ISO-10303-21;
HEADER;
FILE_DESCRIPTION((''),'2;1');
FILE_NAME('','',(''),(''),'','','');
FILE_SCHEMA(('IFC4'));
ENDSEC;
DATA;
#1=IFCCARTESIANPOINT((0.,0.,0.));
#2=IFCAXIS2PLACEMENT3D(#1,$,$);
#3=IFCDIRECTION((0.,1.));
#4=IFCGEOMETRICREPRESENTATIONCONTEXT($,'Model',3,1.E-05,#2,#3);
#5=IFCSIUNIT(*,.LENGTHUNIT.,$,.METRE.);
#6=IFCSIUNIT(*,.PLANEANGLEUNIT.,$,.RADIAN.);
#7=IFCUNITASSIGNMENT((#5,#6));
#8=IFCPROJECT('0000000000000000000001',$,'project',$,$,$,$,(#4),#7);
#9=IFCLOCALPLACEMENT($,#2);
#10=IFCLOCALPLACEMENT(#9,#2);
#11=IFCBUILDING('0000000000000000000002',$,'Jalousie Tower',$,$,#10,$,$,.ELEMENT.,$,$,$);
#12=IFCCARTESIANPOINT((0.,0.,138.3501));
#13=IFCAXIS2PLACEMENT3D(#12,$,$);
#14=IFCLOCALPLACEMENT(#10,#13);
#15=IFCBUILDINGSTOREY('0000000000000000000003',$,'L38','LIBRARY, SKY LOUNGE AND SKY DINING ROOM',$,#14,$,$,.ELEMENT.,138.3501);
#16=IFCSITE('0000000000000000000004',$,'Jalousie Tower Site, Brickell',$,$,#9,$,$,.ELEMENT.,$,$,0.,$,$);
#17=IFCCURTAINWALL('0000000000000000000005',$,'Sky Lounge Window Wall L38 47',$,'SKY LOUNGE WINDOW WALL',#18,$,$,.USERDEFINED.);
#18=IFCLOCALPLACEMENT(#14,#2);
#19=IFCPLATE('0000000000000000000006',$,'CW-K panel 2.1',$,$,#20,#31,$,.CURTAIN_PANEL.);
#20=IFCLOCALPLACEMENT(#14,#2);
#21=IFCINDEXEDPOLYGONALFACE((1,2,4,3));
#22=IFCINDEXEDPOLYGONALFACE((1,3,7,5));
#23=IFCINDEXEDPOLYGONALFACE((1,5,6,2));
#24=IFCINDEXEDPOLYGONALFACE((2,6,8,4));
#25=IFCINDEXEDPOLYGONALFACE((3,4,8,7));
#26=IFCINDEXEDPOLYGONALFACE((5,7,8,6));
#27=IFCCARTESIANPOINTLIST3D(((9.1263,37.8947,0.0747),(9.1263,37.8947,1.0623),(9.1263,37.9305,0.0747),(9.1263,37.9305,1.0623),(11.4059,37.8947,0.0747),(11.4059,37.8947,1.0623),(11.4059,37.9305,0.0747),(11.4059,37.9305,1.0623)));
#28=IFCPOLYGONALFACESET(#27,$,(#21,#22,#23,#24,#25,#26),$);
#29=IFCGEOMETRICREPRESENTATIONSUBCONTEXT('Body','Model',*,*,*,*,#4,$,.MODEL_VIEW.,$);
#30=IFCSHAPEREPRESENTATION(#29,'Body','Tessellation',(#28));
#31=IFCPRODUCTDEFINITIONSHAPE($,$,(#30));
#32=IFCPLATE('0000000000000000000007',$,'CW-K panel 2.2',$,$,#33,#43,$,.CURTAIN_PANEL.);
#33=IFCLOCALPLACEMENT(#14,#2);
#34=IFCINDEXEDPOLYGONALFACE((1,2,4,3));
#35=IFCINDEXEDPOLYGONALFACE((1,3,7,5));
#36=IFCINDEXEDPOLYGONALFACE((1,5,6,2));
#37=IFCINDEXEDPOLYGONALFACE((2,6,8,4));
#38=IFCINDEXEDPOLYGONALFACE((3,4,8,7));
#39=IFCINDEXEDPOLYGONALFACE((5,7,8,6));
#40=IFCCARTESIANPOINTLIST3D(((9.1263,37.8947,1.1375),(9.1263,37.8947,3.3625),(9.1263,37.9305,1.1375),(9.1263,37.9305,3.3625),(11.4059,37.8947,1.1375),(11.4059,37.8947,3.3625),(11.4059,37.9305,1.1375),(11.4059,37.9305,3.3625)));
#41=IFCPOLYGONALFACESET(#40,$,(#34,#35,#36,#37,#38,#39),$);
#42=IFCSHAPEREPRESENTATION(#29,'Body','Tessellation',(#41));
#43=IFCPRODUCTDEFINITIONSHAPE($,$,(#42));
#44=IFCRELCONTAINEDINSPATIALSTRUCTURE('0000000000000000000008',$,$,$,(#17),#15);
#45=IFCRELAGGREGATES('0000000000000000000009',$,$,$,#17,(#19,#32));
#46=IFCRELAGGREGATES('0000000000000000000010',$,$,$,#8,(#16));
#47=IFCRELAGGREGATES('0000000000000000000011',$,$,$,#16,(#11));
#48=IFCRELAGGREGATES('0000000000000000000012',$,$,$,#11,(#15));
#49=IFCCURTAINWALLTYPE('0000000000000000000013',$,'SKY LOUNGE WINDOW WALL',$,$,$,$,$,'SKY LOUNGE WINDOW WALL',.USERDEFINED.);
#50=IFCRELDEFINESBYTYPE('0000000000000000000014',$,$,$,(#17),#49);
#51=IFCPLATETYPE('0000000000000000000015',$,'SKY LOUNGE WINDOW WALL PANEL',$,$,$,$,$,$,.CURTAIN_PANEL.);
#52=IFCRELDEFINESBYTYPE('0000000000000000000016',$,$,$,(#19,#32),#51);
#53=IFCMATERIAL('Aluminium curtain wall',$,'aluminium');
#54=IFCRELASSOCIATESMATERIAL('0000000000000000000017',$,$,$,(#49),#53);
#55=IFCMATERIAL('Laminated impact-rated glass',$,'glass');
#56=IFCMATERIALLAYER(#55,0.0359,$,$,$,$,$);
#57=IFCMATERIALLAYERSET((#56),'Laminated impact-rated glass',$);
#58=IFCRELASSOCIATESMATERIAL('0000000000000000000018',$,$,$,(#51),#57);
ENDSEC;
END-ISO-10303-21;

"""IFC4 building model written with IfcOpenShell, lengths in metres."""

from ifc_helpers import new_model, si_unit, direction, frame, origin, origin_2d, place, context, subcontext, project, spatial, rectangle, extrude, material, layer, layer_set, type_object, element, aggregate, save


model = new_model("IFC4")

# Units and contexts
model_context = context("Model", 3, precision=1e-05, world=origin(), true_north=direction((0.0, 1.0)))
body_context = subcontext(model_context, "Body", "Model", "MODEL_VIEW")
ifc_project = project(units=[si_unit("LENGTHUNIT", "METRE"), si_unit("PLANEANGLEUNIT", "RADIAN")], contexts=[model_context])

# Site, building, storey
site_placement = place(None, origin())
site = spatial("IfcSite", under=ifc_project, at=site_placement, Name="Jalousie Tower Site, Brickell", CompositionType="ELEMENT", RefElevation=0.0)
building_placement = place(site_placement, origin())
building = spatial("IfcBuilding", under=site, at=building_placement, Name="Jalousie Tower", CompositionType="ELEMENT")
storey_placement = place(building_placement, frame((0.0, 0.0, 138.3501)))
storey = spatial("IfcBuildingStorey", under=building, at=storey_placement, Name="L38", Description="LIBRARY, SKY LOUNGE AND SKY DINING ROOM", CompositionType="ELEMENT", Elevation=138.3501)

# Curtain wall
ifc_material_1 = material(Name="Aluminium curtain wall", Category="aluminium")
curtain_wall_type_1 = type_object("IfcCurtainWallType", Name="SKY LOUNGE WINDOW WALL", ElementType="SKY LOUNGE WINDOW WALL", PredefinedType="USERDEFINED", material=ifc_material_1)
curtain_wall_1_placement = place(storey_placement, origin())
curtain_wall_1 = element("IfcCurtainWall", 1, at=curtain_wall_1_placement, inside=storey, type_object=curtain_wall_type_1, Name="Sky Lounge Window Wall L38 47", ObjectType="SKY LOUNGE WINDOW WALL", PredefinedType="USERDEFINED")

# Plates
ifc_material_2 = material(Name="Laminated impact-rated glass", Category="glass")
ifc_layer_1 = layer(ifc_material_2, 0.0359)
ifc_layer_set_1 = layer_set([ifc_layer_1], Name="Laminated impact-rated glass")
plate_type_1 = type_object("IfcPlateType", Name="SKY LOUNGE WINDOW WALL PANEL", PredefinedType="CURTAIN_PANEL", material=ifc_layer_set_1)
plate_1_placement = place(storey_placement, frame((10.2661, 37.9126, 0.0747), z_axis=(0.0, 0.0, 1.0), x_axis=(-1.0, 0.0, 0.0)))
plate_1 = element("IfcPlate", 2, at=plate_1_placement, type_object=plate_type_1, Name="CW-K panel 2.1", PredefinedType="CURTAIN_PANEL", context=body_context, shape_type="SweptSolid", body=[
    extrude(rectangle(XDim=2.2795, YDim=0.0359, at=origin_2d()), origin(), (0.0, 0.0, 1.0), 0.9875),
])
plate_2_placement = place(storey_placement, frame((10.2661, 37.9126, 1.1375), z_axis=(0.0, 0.0, 1.0), x_axis=(-1.0, 0.0, 0.0)))
plate_2 = element("IfcPlate", 3, at=plate_2_placement, type_object=plate_type_1, Name="CW-K panel 2.2", PredefinedType="CURTAIN_PANEL", context=body_context, shape_type="SweptSolid", body=[
    extrude(rectangle(XDim=2.2795, YDim=0.0359, at=origin_2d()), origin(), (0.0, 0.0, 1.0), 2.2251),
])
aggregate(curtain_wall_1, [plate_1, plate_2])

save(model, "model.ifc")
